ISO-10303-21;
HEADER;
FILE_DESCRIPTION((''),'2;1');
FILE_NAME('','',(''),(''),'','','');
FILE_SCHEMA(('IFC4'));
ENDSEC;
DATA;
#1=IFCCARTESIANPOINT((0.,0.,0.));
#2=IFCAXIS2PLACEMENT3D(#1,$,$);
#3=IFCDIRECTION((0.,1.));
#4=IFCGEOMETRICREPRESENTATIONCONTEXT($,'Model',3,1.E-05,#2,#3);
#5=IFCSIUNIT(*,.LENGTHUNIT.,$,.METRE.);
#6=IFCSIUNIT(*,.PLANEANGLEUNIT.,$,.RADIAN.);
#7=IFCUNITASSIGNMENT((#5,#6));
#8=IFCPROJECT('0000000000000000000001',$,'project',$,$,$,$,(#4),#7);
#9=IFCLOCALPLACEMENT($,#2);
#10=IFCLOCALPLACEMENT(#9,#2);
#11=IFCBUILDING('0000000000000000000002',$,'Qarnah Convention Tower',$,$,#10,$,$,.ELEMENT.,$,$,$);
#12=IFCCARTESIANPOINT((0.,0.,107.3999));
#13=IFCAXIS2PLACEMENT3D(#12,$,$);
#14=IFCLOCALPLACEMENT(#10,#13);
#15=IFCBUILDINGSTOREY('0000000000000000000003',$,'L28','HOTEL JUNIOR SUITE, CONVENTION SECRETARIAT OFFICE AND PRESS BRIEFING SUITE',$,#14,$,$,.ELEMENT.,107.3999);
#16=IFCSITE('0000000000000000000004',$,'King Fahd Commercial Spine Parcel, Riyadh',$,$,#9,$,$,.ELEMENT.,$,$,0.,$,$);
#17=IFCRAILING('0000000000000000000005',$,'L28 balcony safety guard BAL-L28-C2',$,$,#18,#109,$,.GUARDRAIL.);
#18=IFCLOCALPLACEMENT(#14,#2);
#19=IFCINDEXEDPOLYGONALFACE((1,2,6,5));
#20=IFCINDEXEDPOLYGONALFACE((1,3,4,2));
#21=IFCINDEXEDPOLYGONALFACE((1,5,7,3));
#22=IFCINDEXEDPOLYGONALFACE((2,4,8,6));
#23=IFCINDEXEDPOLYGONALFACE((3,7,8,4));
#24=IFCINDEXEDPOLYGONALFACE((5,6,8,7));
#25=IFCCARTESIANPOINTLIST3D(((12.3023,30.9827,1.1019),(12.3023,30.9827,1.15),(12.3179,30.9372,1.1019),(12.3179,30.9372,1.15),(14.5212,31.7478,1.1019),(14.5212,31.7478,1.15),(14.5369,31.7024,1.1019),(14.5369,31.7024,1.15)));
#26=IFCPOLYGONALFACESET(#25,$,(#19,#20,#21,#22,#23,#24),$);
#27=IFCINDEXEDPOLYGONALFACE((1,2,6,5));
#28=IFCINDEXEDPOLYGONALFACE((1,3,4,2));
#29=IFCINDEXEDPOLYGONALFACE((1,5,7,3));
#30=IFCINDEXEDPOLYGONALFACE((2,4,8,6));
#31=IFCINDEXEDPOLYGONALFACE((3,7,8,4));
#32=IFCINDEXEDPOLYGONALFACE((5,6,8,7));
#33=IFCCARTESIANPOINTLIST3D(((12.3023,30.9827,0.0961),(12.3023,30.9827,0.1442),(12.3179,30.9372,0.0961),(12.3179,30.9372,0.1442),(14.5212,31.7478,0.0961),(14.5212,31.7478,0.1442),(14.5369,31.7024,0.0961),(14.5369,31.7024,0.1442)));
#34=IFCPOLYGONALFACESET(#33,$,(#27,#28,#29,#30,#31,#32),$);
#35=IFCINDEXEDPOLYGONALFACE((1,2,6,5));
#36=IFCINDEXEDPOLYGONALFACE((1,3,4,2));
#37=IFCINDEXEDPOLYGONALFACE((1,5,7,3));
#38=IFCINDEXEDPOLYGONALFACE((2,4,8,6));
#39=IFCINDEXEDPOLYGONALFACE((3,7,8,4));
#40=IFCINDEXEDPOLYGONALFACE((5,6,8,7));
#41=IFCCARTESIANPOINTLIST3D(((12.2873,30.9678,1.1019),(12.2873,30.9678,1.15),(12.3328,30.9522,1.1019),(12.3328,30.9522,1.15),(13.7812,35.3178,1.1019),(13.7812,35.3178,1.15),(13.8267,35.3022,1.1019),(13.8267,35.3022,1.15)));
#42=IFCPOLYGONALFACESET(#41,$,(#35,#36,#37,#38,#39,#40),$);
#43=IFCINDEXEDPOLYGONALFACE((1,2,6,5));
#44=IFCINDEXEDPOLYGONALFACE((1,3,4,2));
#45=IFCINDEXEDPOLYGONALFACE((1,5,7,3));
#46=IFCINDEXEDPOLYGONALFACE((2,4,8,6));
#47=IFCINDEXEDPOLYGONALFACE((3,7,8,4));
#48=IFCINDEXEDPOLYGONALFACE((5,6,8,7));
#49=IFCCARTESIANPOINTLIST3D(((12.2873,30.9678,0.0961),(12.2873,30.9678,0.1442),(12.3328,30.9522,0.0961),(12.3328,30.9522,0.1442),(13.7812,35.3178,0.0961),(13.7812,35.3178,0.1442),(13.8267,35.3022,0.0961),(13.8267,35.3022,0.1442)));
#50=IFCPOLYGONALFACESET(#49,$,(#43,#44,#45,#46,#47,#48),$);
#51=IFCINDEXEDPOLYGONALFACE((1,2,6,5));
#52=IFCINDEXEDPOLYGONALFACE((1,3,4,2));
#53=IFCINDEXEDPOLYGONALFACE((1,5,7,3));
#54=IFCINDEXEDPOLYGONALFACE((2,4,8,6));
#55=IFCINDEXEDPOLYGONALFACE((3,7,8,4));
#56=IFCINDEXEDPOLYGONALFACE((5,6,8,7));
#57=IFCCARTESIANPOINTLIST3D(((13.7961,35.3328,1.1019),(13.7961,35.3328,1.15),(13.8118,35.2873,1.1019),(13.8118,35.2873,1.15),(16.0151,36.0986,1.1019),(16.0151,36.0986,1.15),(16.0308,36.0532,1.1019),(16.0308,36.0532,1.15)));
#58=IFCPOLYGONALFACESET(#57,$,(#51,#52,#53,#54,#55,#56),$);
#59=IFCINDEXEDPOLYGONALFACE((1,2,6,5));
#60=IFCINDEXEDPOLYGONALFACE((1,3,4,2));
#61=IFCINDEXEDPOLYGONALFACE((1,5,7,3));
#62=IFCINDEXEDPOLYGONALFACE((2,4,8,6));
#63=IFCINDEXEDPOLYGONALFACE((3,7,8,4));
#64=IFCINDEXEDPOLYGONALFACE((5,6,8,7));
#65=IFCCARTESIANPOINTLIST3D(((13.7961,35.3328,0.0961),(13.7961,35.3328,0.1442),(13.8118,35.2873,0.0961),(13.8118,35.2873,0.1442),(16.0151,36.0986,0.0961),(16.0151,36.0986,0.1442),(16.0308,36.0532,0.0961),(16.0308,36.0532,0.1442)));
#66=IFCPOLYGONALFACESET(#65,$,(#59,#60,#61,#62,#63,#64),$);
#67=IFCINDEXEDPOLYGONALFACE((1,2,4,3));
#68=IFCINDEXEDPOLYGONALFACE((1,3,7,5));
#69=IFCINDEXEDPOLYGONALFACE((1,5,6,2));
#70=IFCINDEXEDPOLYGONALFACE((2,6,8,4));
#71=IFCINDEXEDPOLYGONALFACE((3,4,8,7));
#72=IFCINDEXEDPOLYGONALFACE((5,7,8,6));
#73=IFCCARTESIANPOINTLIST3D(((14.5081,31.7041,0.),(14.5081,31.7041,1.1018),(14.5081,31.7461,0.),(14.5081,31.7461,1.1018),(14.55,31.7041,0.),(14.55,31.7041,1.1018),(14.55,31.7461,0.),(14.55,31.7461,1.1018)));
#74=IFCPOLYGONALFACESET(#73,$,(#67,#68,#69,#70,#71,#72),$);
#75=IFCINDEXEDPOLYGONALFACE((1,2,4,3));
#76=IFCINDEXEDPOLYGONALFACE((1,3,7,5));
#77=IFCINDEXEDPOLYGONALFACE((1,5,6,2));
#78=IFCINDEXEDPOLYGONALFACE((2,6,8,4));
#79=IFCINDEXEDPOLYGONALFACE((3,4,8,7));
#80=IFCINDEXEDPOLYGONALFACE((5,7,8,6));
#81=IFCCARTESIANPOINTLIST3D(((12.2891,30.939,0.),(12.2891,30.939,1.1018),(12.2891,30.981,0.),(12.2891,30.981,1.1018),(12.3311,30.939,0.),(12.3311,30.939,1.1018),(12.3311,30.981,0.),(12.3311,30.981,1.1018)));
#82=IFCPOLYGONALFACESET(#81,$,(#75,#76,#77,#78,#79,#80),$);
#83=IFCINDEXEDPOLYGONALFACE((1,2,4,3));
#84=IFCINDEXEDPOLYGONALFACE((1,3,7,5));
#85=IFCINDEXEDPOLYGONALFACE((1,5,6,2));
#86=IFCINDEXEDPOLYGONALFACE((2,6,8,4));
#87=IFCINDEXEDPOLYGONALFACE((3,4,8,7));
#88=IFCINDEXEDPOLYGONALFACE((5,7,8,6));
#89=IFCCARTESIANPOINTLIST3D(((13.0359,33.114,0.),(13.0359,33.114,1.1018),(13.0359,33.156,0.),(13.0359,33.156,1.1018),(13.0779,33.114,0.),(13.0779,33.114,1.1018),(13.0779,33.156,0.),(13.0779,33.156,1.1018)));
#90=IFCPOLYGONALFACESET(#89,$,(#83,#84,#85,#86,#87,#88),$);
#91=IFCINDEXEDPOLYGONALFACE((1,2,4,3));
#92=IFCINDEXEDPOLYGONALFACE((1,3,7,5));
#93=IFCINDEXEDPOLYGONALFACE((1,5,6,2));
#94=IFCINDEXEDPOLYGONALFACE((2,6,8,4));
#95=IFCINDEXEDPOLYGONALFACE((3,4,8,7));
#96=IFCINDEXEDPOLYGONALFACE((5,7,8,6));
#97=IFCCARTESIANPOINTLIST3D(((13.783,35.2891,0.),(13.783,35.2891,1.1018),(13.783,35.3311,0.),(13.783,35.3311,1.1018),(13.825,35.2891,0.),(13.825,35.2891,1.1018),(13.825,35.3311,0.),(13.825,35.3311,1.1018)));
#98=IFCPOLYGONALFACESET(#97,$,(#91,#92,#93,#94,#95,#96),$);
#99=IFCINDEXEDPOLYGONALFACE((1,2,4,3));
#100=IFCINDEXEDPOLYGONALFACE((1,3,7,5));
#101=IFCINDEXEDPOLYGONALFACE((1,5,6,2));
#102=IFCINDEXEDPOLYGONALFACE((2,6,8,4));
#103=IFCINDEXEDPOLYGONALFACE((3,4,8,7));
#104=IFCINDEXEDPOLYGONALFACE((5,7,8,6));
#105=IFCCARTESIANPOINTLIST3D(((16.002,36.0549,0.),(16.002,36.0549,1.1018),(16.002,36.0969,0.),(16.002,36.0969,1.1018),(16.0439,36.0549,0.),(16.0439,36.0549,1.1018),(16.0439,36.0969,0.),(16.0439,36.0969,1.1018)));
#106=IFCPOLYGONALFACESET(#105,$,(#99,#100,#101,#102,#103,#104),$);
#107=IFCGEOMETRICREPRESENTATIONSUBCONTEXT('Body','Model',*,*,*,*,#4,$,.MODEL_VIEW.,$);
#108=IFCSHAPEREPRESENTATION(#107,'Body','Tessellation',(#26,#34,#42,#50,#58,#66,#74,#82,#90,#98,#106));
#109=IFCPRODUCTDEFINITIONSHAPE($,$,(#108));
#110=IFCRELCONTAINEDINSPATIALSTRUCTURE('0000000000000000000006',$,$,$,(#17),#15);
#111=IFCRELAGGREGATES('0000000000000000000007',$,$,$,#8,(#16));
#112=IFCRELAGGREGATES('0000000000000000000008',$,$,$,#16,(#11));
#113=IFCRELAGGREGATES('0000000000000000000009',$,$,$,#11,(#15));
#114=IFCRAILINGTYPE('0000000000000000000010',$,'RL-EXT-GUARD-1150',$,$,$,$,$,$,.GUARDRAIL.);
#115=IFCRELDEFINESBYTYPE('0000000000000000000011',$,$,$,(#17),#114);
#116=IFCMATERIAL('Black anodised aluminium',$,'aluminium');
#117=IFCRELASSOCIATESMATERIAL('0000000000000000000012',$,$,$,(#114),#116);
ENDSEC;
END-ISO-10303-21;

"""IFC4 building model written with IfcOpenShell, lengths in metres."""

from ifc_helpers import new_model, si_unit, direction, frame, origin, origin_2d, place, context, subcontext, project, spatial, rectangle, extrude, material, type_object, element, save


model = new_model("IFC4")

# Units and contexts
model_context = context("Model", 3, precision=1e-05, world=origin(), true_north=direction((0.0, 1.0)))
body_context = subcontext(model_context, "Body", "Model", "MODEL_VIEW")
ifc_project = project(units=[si_unit("LENGTHUNIT", "METRE"), si_unit("PLANEANGLEUNIT", "RADIAN")], contexts=[model_context])

# Site, building, storey
site_placement = place(None, origin())
site = spatial("IfcSite", under=ifc_project, at=site_placement, Name="King Fahd Commercial Spine Parcel, Riyadh", CompositionType="ELEMENT", RefElevation=0.0)
building_placement = place(site_placement, origin())
building = spatial("IfcBuilding", under=site, at=building_placement, Name="Qarnah Convention Tower", CompositionType="ELEMENT")
storey_placement = place(building_placement, frame((0.0, 0.0, 107.3999)))
storey = spatial("IfcBuildingStorey", under=building, at=storey_placement, Name="L28", Description="HOTEL JUNIOR SUITE, CONVENTION SECRETARIAT OFFICE AND PRESS BRIEFING SUITE", CompositionType="ELEMENT", Elevation=107.3999)

# Shared definitions
ifc_material_1 = material(Name="Black anodised aluminium", Category="aluminium")

# Railing
railing_type = type_object("IfcRailingType", Name="RL-EXT-GUARD-1150", PredefinedType="GUARDRAIL", material=ifc_material_1)
railing_1_placement = place(storey_placement, frame((14.5291, 31.7251, 0.0)))
element("IfcRailing", 1, at=railing_1_placement, inside=storey, type_object=railing_type, Name="L28 balcony safety guard BAL-L28-C2", PredefinedType="GUARDRAIL", context=body_context, shape_type="SweptSolid", body=[
    extrude(rectangle(XDim=0.0481, YDim=0.0481, at=origin_2d()), frame((0.0, 0.0, 1.126), z_axis=(-0.945377, -0.325978, 0.0), x_axis=(0.325978, -0.945377, 0.0)), (0.0, 0.0, 1.0), 2.3472),
    extrude(rectangle(XDim=0.0481, YDim=0.0481, at=origin_2d()), frame((0.0, 0.0, 0.1201), z_axis=(-0.945377, -0.325978, 0.0), x_axis=(0.325978, -0.945377, 0.0)), (0.0, 0.0, 1.0), 2.3472),
    extrude(rectangle(XDim=0.0481, YDim=0.0481, at=origin_2d()), frame((-2.219, -0.7651, 1.126), z_axis=(0.324798, 0.945783, 0.0), x_axis=(-0.945783, 0.324798, 0.0)), (0.0, 0.0, 1.0), 4.5994),
    extrude(rectangle(XDim=0.0481, YDim=0.0481, at=origin_2d()), frame((-2.219, -0.7651, 0.1201), z_axis=(0.324798, 0.945783, 0.0), x_axis=(-0.945783, 0.324798, 0.0)), (0.0, 0.0, 1.0), 4.5994),
    extrude(rectangle(XDim=0.0481, YDim=0.0481, at=origin_2d()), frame((-0.7251, 3.585, 1.126), z_axis=(0.945281, 0.326257, 0.0), x_axis=(-0.326257, 0.945281, 0.0)), (0.0, 0.0, 1.0), 2.3474),
    extrude(rectangle(XDim=0.0481, YDim=0.0481, at=origin_2d()), frame((-0.7251, 3.585, 0.1201), z_axis=(0.945281, 0.326257, 0.0), x_axis=(-0.326257, 0.945281, 0.0)), (0.0, 0.0, 1.0), 2.3474),
    extrude(rectangle(XDim=0.042, YDim=0.042, at=origin_2d()), origin(), (0.0, 0.0, 1.0), 1.1018),
    extrude(rectangle(XDim=0.042, YDim=0.042, at=origin_2d()), frame((-2.219, -0.7651, 0.0)), (0.0, 0.0, 1.0), 1.1018),
    extrude(rectangle(XDim=0.042, YDim=0.042, at=origin_2d()), frame((-1.4722, 1.4099, 0.0)), (0.0, 0.0, 1.0), 1.1018),
    extrude(rectangle(XDim=0.042, YDim=0.042, at=origin_2d()), frame((-0.7251, 3.585, 0.0)), (0.0, 0.0, 1.0), 1.1018),
    extrude(rectangle(XDim=0.042, YDim=0.042, at=origin_2d()), frame((1.4939, 4.3508, 0.0)), (0.0, 0.0, 1.0), 1.1018),
])

save(model, "model.ifc")
